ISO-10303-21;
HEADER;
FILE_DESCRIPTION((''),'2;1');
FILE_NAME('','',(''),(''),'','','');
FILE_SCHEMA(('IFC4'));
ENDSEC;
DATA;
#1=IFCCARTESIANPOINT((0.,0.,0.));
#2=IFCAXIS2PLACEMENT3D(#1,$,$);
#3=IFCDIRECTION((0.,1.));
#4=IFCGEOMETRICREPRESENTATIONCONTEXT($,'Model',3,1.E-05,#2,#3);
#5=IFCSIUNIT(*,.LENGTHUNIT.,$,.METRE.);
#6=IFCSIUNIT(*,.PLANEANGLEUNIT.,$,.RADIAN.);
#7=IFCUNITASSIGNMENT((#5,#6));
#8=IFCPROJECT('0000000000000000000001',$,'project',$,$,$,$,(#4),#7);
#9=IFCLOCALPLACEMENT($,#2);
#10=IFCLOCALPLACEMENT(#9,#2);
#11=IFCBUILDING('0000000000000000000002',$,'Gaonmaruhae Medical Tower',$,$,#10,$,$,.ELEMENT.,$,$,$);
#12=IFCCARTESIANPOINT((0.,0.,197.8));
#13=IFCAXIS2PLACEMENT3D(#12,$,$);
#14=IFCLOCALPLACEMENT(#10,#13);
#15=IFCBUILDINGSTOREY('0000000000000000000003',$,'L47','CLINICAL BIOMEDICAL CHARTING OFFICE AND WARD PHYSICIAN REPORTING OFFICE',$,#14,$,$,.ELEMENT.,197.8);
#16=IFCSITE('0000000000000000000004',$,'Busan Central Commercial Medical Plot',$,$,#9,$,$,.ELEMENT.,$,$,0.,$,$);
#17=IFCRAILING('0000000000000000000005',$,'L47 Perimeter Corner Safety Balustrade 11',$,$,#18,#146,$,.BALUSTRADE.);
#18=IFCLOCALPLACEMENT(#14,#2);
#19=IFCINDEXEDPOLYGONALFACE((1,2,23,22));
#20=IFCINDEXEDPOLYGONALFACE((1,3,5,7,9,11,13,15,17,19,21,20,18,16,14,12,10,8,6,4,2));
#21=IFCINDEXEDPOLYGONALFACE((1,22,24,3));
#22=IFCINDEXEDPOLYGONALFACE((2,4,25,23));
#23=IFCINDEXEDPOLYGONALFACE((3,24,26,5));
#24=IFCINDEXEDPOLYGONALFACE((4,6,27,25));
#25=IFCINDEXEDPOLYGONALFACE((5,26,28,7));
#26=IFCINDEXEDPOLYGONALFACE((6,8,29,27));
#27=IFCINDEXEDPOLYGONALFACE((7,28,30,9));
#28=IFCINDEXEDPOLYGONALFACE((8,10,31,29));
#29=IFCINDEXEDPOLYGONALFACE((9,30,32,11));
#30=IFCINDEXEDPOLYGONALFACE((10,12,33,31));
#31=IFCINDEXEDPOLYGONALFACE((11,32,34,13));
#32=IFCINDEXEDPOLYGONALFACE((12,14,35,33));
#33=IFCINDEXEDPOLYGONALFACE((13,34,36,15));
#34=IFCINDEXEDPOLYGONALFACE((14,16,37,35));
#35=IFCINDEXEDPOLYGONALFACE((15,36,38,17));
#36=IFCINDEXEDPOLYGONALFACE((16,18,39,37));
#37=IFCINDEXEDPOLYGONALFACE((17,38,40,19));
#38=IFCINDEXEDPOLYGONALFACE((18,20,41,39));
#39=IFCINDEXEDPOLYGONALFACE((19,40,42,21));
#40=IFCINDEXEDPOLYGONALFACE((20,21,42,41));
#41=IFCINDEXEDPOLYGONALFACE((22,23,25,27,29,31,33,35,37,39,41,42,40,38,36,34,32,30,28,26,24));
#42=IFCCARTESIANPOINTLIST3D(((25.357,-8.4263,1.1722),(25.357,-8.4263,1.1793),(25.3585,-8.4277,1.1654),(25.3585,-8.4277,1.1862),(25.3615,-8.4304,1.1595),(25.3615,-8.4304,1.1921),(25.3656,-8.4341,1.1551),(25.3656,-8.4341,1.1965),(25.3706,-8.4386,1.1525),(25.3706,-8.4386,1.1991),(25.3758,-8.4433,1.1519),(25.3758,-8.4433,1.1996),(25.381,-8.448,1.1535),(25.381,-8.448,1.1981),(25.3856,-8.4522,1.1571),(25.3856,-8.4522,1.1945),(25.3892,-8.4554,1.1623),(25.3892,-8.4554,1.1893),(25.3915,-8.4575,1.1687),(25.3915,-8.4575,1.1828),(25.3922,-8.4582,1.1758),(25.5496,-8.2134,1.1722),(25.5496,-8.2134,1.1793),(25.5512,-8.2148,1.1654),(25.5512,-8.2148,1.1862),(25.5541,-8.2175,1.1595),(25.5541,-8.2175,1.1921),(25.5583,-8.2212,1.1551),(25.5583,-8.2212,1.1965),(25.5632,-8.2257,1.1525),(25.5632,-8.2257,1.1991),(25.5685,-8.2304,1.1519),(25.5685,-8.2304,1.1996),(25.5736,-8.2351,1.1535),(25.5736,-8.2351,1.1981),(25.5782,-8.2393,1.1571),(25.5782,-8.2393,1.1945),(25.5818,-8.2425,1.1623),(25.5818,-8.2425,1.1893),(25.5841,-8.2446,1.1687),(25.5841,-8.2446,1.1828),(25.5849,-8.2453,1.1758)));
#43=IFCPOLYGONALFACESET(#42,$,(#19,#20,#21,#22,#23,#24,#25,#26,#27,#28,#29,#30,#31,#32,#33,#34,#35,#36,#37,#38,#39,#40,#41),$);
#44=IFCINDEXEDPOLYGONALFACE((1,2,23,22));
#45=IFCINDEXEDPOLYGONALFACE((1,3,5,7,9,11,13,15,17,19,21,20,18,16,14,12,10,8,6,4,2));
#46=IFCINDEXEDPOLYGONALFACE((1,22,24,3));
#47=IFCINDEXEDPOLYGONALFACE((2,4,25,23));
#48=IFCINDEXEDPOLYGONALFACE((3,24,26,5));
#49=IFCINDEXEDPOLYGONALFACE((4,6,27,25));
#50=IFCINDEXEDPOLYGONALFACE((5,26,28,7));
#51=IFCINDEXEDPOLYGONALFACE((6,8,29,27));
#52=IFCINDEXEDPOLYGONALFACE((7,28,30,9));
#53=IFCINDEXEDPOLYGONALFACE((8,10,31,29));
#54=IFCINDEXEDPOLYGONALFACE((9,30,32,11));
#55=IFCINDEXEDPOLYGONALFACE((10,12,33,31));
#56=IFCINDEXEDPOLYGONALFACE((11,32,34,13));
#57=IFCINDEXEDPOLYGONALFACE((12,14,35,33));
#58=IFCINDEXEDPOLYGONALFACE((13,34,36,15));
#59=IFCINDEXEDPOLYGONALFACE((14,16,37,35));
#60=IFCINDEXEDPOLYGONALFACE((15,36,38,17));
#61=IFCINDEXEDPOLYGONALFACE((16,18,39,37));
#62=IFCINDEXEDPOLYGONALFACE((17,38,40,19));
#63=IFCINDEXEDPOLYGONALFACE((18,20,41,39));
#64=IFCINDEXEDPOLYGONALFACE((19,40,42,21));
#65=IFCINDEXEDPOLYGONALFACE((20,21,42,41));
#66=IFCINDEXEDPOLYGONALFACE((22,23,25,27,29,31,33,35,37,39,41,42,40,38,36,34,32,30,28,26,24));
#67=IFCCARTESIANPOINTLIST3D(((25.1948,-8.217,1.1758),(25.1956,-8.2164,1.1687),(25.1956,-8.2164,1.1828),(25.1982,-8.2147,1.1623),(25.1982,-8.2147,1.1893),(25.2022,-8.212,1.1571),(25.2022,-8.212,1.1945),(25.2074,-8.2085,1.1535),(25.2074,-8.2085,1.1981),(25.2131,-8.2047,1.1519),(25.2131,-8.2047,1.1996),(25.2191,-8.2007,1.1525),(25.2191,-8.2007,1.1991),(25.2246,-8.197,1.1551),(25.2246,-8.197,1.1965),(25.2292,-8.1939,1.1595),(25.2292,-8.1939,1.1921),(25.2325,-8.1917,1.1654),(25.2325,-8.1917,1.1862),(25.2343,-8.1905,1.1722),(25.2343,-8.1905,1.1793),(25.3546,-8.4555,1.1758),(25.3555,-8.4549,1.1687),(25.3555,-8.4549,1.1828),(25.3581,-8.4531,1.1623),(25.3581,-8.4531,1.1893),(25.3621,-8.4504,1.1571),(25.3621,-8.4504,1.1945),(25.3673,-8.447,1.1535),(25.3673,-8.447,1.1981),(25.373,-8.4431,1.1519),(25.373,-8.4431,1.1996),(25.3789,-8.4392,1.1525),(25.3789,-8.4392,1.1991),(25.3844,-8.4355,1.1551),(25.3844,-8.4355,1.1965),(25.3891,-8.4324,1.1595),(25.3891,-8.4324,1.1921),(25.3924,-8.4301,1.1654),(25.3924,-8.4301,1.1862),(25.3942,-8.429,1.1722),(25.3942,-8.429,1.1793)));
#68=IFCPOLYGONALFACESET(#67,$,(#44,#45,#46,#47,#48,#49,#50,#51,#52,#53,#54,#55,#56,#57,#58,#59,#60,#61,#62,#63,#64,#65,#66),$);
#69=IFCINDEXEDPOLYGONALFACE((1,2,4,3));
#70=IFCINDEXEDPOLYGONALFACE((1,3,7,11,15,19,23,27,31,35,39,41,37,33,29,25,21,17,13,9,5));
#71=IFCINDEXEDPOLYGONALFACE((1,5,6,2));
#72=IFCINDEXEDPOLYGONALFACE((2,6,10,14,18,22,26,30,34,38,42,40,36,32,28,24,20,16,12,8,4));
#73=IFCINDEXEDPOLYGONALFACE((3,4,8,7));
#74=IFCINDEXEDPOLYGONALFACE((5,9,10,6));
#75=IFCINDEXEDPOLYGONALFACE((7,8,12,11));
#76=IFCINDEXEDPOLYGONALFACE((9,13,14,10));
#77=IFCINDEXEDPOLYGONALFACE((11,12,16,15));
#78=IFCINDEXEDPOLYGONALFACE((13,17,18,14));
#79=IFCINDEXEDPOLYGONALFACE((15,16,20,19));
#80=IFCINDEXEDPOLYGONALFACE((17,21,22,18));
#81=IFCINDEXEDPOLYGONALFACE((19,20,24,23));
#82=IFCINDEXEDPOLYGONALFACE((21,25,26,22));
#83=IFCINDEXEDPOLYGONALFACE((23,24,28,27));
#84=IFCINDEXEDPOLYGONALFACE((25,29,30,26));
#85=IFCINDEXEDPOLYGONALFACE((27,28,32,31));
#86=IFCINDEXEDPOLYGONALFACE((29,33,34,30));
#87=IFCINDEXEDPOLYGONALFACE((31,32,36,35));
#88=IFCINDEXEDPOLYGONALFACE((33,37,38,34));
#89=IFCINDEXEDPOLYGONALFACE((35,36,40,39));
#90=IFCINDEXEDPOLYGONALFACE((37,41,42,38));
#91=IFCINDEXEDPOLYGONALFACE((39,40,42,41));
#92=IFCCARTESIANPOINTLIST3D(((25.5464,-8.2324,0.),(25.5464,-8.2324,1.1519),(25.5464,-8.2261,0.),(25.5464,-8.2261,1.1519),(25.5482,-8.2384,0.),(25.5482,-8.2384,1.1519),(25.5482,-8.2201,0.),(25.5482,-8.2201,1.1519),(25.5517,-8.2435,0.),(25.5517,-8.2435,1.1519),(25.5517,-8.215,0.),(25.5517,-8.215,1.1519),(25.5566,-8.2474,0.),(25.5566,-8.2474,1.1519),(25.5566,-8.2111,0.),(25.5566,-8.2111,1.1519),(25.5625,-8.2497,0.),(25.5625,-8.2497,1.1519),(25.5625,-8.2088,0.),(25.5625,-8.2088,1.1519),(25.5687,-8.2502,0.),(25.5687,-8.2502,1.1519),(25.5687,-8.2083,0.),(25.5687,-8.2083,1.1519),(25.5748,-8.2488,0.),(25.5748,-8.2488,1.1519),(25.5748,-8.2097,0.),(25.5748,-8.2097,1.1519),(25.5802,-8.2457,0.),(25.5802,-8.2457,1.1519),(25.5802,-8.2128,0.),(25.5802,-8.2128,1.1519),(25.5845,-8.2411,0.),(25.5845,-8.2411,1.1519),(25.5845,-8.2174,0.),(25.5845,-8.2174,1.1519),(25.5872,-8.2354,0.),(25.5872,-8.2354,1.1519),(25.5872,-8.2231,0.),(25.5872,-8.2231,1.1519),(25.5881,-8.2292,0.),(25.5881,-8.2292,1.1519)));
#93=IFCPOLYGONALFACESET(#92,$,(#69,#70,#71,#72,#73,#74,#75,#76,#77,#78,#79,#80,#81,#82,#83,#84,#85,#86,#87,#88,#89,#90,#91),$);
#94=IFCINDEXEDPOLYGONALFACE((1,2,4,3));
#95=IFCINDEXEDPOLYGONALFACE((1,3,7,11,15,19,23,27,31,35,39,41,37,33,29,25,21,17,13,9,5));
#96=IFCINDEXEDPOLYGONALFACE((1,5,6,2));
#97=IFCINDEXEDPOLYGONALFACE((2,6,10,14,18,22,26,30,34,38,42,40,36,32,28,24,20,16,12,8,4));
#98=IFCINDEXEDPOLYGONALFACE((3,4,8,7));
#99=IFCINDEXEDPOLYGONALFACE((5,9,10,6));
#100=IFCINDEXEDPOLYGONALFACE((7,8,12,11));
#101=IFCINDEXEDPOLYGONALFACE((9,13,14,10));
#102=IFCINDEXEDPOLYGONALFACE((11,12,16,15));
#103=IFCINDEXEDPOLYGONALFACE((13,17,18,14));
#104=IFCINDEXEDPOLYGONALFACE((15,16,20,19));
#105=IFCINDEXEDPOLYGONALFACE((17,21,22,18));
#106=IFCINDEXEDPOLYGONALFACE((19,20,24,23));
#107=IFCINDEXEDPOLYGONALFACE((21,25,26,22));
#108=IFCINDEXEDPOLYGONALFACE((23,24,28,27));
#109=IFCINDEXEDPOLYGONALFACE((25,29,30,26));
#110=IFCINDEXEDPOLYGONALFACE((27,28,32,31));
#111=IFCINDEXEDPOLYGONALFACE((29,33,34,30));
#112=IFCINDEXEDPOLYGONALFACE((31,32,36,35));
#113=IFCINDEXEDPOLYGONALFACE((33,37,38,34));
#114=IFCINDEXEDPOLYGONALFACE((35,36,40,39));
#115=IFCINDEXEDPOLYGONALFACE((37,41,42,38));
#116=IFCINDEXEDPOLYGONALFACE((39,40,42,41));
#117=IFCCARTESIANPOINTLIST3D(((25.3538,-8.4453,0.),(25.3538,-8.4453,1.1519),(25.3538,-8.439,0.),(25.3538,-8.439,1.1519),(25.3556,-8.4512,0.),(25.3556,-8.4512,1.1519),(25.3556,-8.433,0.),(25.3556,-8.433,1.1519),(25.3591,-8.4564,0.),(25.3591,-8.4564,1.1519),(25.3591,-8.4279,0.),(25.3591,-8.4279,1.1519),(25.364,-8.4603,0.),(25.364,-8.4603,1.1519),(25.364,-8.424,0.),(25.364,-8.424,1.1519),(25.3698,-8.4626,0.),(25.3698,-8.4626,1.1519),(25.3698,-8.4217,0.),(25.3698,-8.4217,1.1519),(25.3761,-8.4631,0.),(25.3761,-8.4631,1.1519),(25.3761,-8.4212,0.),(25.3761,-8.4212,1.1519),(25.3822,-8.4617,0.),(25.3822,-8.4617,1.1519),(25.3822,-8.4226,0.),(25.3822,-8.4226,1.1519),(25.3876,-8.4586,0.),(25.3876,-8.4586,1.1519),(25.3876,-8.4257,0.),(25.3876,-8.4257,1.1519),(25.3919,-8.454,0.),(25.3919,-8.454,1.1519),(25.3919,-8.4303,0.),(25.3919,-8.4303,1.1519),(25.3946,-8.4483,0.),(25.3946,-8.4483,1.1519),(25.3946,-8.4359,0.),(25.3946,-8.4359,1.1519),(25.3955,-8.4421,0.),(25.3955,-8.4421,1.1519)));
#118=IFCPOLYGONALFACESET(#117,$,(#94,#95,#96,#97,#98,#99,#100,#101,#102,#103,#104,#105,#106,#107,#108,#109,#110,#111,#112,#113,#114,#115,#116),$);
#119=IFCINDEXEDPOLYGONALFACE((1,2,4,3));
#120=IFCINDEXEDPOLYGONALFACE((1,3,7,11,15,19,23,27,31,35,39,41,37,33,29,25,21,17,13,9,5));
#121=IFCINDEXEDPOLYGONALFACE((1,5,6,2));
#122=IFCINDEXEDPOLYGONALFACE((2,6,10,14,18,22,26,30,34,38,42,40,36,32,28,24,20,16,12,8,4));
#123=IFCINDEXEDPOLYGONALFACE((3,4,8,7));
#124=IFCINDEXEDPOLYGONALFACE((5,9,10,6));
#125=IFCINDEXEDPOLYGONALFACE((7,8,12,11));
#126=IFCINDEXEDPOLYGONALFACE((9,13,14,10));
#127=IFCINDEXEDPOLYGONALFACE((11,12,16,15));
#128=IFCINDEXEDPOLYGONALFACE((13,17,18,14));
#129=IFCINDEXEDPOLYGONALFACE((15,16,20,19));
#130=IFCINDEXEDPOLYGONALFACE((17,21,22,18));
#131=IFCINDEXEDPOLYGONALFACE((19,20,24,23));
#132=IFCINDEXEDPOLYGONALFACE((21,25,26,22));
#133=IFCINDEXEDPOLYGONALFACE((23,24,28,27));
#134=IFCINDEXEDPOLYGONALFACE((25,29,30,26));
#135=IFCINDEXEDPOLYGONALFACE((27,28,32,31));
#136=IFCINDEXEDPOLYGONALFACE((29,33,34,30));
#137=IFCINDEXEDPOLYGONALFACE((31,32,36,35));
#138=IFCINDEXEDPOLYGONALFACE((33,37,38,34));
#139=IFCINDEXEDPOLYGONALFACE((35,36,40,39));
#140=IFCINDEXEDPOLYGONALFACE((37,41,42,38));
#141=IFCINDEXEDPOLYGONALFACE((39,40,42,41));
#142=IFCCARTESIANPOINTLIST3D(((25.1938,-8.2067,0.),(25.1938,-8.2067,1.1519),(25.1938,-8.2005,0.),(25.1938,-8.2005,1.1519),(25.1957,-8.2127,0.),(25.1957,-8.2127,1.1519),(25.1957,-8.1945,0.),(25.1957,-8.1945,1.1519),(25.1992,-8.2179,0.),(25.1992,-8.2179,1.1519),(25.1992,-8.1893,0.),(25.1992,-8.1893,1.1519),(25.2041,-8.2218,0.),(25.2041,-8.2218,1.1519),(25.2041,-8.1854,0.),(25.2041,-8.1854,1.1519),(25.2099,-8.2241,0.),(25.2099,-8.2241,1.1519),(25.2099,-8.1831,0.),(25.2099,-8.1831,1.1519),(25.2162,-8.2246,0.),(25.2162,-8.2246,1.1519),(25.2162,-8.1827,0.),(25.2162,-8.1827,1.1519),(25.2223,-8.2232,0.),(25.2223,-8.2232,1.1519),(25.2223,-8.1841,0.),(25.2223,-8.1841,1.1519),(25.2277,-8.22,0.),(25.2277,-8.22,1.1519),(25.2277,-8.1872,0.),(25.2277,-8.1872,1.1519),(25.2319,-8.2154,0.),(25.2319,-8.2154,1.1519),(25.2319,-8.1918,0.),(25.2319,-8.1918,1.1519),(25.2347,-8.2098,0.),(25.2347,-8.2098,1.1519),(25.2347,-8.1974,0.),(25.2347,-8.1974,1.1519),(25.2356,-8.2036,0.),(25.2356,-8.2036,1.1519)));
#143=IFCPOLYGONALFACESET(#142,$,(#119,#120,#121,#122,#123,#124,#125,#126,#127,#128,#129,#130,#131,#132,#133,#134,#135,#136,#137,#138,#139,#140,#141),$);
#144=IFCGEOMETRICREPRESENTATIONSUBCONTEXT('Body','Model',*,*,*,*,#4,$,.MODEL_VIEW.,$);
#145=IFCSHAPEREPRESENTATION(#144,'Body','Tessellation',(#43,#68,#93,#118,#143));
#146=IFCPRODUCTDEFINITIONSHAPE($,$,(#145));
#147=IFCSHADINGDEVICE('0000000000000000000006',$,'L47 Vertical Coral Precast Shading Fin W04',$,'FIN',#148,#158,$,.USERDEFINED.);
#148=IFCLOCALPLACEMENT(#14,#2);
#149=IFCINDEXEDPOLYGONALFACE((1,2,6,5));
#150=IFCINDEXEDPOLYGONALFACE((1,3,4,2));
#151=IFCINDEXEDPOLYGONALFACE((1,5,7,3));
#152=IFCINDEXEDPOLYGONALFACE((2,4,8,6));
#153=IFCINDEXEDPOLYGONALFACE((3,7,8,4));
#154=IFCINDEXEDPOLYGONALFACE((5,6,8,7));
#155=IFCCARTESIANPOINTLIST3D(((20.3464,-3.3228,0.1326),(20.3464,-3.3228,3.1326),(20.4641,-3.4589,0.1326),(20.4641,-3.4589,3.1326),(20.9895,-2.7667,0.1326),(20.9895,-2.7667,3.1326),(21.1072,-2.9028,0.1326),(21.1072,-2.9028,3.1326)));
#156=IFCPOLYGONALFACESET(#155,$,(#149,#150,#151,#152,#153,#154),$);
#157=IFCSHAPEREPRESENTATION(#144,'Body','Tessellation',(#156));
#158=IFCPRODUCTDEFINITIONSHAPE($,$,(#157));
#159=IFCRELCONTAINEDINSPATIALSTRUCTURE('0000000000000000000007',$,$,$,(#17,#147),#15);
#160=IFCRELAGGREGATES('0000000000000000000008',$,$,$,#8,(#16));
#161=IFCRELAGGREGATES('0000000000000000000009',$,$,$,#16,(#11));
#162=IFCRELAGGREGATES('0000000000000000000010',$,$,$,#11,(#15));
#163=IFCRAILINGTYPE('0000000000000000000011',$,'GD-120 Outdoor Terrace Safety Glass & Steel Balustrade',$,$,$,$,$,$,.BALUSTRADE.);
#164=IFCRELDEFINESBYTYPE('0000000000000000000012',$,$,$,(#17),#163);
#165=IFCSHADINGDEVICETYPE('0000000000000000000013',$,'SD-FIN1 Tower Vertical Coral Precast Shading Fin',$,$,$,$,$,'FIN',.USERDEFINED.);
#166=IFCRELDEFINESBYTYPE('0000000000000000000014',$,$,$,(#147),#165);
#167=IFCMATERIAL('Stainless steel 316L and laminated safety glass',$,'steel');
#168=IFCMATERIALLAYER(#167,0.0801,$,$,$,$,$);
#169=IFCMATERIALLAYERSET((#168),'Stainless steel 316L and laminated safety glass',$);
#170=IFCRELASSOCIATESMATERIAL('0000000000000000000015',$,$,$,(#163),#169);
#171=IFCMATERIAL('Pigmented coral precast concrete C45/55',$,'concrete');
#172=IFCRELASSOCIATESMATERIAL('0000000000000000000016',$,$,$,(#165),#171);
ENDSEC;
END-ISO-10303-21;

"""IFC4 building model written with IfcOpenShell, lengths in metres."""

from ifc_helpers import new_model, si_unit, direction, frame, origin, origin_2d, place, context, subcontext, project, spatial, rectangle, circle, extrude, material, layer, layer_set, type_object, element, save


model = new_model("IFC4")

# Units and contexts
model_context = context("Model", 3, precision=1e-05, world=origin(), true_north=direction((0.0, 1.0)))
body_context = subcontext(model_context, "Body", "Model", "MODEL_VIEW")
ifc_project = project(units=[si_unit("LENGTHUNIT", "METRE"), si_unit("PLANEANGLEUNIT", "RADIAN")], contexts=[model_context])

# Site, building, storey
site_placement = place(None, origin())
site = spatial("IfcSite", under=ifc_project, at=site_placement, Name="Busan Central Commercial Medical Plot", CompositionType="ELEMENT", RefElevation=0.0)
building_placement = place(site_placement, origin())
building = spatial("IfcBuilding", under=site, at=building_placement, Name="Gaonmaruhae Medical Tower", CompositionType="ELEMENT")
storey_placement = place(building_placement, frame((0.0, 0.0, 197.8)))
storey = spatial("IfcBuildingStorey", under=building, at=storey_placement, Name="L47", Description="CLINICAL BIOMEDICAL CHARTING OFFICE AND WARD PHYSICIAN REPORTING OFFICE", CompositionType="ELEMENT", Elevation=197.8)

# Railing
ifc_material_1 = material(Name="Stainless steel 316L and laminated safety glass", Category="steel")
ifc_layer_1 = layer(ifc_material_1, 0.0801)
ifc_layer_set_1 = layer_set([ifc_layer_1], Name="Stainless steel 316L and laminated safety glass")
railing_type = type_object("IfcRailingType", Name="GD-120 Outdoor Terrace Safety Glass & Steel Balustrade", PredefinedType="BALUSTRADE", material=ifc_layer_set_1)
railing_1_placement = place(storey_placement, frame((25.5671, -8.2292, 0.0)))
element("IfcRailing", 1, at=railing_1_placement, inside=storey, type_object=railing_type, Name="L47 Perimeter Corner Safety Balustrade 11", PredefinedType="BALUSTRADE", context=body_context, shape_type="SweptSolid", body=[
    extrude(circle(Radius=0.0239, at=origin_2d()), frame((0.0, 0.0, 1.1758), z_axis=(-0.670936, -0.741516, 0.0), x_axis=(0.741516, -0.670936, 0.0)), (0.0, 0.0, 1.0), 0.2871),
    extrude(circle(Radius=0.0239, at=origin_2d()), frame((-0.1926, -0.2129, 1.1758), z_axis=(-0.556856, 0.830609, 0.0), x_axis=(-0.830609, -0.556856, 0.0)), (0.0, 0.0, 1.0), 0.2871),
    extrude(circle(Radius=0.021, at=origin_2d()), origin(), (0.0, 0.0, 1.0), 1.1519),
    extrude(circle(Radius=0.021, at=origin_2d()), frame((-0.1926, -0.2129, 0.0)), (0.0, 0.0, 1.0), 1.1519),
    extrude(circle(Radius=0.021, at=origin_2d()), frame((-0.3525, 0.0256, 0.0)), (0.0, 0.0, 1.0), 1.1519),
])

# Shading device
ifc_material_2 = material(Name="Pigmented coral precast concrete C45/55", Category="concrete")
shading_device_type = type_object("IfcShadingDeviceType", Name="SD-FIN1 Tower Vertical Coral Precast Shading Fin", ElementType="FIN", PredefinedType="USERDEFINED", material=ifc_material_2)
shading_device_placement = place(storey_placement, frame((20.7268, -3.1128, 0.1326), z_axis=(0.0, 0.0, 1.0), x_axis=(-0.654081, 0.756425, 0.0)))
element("IfcShadingDevice", 2, at=shading_device_placement, inside=storey, type_object=shading_device_type, Name="L47 Vertical Coral Precast Shading Fin W04", ObjectType="FIN", PredefinedType="USERDEFINED", context=body_context, shape_type="SweptSolid", body=[
    extrude(rectangle(XDim=0.1799, YDim=0.8501, at=origin_2d()), origin(), (0.0, 0.0, 1.0), 3.0),
])

save(model, "model.ifc")
